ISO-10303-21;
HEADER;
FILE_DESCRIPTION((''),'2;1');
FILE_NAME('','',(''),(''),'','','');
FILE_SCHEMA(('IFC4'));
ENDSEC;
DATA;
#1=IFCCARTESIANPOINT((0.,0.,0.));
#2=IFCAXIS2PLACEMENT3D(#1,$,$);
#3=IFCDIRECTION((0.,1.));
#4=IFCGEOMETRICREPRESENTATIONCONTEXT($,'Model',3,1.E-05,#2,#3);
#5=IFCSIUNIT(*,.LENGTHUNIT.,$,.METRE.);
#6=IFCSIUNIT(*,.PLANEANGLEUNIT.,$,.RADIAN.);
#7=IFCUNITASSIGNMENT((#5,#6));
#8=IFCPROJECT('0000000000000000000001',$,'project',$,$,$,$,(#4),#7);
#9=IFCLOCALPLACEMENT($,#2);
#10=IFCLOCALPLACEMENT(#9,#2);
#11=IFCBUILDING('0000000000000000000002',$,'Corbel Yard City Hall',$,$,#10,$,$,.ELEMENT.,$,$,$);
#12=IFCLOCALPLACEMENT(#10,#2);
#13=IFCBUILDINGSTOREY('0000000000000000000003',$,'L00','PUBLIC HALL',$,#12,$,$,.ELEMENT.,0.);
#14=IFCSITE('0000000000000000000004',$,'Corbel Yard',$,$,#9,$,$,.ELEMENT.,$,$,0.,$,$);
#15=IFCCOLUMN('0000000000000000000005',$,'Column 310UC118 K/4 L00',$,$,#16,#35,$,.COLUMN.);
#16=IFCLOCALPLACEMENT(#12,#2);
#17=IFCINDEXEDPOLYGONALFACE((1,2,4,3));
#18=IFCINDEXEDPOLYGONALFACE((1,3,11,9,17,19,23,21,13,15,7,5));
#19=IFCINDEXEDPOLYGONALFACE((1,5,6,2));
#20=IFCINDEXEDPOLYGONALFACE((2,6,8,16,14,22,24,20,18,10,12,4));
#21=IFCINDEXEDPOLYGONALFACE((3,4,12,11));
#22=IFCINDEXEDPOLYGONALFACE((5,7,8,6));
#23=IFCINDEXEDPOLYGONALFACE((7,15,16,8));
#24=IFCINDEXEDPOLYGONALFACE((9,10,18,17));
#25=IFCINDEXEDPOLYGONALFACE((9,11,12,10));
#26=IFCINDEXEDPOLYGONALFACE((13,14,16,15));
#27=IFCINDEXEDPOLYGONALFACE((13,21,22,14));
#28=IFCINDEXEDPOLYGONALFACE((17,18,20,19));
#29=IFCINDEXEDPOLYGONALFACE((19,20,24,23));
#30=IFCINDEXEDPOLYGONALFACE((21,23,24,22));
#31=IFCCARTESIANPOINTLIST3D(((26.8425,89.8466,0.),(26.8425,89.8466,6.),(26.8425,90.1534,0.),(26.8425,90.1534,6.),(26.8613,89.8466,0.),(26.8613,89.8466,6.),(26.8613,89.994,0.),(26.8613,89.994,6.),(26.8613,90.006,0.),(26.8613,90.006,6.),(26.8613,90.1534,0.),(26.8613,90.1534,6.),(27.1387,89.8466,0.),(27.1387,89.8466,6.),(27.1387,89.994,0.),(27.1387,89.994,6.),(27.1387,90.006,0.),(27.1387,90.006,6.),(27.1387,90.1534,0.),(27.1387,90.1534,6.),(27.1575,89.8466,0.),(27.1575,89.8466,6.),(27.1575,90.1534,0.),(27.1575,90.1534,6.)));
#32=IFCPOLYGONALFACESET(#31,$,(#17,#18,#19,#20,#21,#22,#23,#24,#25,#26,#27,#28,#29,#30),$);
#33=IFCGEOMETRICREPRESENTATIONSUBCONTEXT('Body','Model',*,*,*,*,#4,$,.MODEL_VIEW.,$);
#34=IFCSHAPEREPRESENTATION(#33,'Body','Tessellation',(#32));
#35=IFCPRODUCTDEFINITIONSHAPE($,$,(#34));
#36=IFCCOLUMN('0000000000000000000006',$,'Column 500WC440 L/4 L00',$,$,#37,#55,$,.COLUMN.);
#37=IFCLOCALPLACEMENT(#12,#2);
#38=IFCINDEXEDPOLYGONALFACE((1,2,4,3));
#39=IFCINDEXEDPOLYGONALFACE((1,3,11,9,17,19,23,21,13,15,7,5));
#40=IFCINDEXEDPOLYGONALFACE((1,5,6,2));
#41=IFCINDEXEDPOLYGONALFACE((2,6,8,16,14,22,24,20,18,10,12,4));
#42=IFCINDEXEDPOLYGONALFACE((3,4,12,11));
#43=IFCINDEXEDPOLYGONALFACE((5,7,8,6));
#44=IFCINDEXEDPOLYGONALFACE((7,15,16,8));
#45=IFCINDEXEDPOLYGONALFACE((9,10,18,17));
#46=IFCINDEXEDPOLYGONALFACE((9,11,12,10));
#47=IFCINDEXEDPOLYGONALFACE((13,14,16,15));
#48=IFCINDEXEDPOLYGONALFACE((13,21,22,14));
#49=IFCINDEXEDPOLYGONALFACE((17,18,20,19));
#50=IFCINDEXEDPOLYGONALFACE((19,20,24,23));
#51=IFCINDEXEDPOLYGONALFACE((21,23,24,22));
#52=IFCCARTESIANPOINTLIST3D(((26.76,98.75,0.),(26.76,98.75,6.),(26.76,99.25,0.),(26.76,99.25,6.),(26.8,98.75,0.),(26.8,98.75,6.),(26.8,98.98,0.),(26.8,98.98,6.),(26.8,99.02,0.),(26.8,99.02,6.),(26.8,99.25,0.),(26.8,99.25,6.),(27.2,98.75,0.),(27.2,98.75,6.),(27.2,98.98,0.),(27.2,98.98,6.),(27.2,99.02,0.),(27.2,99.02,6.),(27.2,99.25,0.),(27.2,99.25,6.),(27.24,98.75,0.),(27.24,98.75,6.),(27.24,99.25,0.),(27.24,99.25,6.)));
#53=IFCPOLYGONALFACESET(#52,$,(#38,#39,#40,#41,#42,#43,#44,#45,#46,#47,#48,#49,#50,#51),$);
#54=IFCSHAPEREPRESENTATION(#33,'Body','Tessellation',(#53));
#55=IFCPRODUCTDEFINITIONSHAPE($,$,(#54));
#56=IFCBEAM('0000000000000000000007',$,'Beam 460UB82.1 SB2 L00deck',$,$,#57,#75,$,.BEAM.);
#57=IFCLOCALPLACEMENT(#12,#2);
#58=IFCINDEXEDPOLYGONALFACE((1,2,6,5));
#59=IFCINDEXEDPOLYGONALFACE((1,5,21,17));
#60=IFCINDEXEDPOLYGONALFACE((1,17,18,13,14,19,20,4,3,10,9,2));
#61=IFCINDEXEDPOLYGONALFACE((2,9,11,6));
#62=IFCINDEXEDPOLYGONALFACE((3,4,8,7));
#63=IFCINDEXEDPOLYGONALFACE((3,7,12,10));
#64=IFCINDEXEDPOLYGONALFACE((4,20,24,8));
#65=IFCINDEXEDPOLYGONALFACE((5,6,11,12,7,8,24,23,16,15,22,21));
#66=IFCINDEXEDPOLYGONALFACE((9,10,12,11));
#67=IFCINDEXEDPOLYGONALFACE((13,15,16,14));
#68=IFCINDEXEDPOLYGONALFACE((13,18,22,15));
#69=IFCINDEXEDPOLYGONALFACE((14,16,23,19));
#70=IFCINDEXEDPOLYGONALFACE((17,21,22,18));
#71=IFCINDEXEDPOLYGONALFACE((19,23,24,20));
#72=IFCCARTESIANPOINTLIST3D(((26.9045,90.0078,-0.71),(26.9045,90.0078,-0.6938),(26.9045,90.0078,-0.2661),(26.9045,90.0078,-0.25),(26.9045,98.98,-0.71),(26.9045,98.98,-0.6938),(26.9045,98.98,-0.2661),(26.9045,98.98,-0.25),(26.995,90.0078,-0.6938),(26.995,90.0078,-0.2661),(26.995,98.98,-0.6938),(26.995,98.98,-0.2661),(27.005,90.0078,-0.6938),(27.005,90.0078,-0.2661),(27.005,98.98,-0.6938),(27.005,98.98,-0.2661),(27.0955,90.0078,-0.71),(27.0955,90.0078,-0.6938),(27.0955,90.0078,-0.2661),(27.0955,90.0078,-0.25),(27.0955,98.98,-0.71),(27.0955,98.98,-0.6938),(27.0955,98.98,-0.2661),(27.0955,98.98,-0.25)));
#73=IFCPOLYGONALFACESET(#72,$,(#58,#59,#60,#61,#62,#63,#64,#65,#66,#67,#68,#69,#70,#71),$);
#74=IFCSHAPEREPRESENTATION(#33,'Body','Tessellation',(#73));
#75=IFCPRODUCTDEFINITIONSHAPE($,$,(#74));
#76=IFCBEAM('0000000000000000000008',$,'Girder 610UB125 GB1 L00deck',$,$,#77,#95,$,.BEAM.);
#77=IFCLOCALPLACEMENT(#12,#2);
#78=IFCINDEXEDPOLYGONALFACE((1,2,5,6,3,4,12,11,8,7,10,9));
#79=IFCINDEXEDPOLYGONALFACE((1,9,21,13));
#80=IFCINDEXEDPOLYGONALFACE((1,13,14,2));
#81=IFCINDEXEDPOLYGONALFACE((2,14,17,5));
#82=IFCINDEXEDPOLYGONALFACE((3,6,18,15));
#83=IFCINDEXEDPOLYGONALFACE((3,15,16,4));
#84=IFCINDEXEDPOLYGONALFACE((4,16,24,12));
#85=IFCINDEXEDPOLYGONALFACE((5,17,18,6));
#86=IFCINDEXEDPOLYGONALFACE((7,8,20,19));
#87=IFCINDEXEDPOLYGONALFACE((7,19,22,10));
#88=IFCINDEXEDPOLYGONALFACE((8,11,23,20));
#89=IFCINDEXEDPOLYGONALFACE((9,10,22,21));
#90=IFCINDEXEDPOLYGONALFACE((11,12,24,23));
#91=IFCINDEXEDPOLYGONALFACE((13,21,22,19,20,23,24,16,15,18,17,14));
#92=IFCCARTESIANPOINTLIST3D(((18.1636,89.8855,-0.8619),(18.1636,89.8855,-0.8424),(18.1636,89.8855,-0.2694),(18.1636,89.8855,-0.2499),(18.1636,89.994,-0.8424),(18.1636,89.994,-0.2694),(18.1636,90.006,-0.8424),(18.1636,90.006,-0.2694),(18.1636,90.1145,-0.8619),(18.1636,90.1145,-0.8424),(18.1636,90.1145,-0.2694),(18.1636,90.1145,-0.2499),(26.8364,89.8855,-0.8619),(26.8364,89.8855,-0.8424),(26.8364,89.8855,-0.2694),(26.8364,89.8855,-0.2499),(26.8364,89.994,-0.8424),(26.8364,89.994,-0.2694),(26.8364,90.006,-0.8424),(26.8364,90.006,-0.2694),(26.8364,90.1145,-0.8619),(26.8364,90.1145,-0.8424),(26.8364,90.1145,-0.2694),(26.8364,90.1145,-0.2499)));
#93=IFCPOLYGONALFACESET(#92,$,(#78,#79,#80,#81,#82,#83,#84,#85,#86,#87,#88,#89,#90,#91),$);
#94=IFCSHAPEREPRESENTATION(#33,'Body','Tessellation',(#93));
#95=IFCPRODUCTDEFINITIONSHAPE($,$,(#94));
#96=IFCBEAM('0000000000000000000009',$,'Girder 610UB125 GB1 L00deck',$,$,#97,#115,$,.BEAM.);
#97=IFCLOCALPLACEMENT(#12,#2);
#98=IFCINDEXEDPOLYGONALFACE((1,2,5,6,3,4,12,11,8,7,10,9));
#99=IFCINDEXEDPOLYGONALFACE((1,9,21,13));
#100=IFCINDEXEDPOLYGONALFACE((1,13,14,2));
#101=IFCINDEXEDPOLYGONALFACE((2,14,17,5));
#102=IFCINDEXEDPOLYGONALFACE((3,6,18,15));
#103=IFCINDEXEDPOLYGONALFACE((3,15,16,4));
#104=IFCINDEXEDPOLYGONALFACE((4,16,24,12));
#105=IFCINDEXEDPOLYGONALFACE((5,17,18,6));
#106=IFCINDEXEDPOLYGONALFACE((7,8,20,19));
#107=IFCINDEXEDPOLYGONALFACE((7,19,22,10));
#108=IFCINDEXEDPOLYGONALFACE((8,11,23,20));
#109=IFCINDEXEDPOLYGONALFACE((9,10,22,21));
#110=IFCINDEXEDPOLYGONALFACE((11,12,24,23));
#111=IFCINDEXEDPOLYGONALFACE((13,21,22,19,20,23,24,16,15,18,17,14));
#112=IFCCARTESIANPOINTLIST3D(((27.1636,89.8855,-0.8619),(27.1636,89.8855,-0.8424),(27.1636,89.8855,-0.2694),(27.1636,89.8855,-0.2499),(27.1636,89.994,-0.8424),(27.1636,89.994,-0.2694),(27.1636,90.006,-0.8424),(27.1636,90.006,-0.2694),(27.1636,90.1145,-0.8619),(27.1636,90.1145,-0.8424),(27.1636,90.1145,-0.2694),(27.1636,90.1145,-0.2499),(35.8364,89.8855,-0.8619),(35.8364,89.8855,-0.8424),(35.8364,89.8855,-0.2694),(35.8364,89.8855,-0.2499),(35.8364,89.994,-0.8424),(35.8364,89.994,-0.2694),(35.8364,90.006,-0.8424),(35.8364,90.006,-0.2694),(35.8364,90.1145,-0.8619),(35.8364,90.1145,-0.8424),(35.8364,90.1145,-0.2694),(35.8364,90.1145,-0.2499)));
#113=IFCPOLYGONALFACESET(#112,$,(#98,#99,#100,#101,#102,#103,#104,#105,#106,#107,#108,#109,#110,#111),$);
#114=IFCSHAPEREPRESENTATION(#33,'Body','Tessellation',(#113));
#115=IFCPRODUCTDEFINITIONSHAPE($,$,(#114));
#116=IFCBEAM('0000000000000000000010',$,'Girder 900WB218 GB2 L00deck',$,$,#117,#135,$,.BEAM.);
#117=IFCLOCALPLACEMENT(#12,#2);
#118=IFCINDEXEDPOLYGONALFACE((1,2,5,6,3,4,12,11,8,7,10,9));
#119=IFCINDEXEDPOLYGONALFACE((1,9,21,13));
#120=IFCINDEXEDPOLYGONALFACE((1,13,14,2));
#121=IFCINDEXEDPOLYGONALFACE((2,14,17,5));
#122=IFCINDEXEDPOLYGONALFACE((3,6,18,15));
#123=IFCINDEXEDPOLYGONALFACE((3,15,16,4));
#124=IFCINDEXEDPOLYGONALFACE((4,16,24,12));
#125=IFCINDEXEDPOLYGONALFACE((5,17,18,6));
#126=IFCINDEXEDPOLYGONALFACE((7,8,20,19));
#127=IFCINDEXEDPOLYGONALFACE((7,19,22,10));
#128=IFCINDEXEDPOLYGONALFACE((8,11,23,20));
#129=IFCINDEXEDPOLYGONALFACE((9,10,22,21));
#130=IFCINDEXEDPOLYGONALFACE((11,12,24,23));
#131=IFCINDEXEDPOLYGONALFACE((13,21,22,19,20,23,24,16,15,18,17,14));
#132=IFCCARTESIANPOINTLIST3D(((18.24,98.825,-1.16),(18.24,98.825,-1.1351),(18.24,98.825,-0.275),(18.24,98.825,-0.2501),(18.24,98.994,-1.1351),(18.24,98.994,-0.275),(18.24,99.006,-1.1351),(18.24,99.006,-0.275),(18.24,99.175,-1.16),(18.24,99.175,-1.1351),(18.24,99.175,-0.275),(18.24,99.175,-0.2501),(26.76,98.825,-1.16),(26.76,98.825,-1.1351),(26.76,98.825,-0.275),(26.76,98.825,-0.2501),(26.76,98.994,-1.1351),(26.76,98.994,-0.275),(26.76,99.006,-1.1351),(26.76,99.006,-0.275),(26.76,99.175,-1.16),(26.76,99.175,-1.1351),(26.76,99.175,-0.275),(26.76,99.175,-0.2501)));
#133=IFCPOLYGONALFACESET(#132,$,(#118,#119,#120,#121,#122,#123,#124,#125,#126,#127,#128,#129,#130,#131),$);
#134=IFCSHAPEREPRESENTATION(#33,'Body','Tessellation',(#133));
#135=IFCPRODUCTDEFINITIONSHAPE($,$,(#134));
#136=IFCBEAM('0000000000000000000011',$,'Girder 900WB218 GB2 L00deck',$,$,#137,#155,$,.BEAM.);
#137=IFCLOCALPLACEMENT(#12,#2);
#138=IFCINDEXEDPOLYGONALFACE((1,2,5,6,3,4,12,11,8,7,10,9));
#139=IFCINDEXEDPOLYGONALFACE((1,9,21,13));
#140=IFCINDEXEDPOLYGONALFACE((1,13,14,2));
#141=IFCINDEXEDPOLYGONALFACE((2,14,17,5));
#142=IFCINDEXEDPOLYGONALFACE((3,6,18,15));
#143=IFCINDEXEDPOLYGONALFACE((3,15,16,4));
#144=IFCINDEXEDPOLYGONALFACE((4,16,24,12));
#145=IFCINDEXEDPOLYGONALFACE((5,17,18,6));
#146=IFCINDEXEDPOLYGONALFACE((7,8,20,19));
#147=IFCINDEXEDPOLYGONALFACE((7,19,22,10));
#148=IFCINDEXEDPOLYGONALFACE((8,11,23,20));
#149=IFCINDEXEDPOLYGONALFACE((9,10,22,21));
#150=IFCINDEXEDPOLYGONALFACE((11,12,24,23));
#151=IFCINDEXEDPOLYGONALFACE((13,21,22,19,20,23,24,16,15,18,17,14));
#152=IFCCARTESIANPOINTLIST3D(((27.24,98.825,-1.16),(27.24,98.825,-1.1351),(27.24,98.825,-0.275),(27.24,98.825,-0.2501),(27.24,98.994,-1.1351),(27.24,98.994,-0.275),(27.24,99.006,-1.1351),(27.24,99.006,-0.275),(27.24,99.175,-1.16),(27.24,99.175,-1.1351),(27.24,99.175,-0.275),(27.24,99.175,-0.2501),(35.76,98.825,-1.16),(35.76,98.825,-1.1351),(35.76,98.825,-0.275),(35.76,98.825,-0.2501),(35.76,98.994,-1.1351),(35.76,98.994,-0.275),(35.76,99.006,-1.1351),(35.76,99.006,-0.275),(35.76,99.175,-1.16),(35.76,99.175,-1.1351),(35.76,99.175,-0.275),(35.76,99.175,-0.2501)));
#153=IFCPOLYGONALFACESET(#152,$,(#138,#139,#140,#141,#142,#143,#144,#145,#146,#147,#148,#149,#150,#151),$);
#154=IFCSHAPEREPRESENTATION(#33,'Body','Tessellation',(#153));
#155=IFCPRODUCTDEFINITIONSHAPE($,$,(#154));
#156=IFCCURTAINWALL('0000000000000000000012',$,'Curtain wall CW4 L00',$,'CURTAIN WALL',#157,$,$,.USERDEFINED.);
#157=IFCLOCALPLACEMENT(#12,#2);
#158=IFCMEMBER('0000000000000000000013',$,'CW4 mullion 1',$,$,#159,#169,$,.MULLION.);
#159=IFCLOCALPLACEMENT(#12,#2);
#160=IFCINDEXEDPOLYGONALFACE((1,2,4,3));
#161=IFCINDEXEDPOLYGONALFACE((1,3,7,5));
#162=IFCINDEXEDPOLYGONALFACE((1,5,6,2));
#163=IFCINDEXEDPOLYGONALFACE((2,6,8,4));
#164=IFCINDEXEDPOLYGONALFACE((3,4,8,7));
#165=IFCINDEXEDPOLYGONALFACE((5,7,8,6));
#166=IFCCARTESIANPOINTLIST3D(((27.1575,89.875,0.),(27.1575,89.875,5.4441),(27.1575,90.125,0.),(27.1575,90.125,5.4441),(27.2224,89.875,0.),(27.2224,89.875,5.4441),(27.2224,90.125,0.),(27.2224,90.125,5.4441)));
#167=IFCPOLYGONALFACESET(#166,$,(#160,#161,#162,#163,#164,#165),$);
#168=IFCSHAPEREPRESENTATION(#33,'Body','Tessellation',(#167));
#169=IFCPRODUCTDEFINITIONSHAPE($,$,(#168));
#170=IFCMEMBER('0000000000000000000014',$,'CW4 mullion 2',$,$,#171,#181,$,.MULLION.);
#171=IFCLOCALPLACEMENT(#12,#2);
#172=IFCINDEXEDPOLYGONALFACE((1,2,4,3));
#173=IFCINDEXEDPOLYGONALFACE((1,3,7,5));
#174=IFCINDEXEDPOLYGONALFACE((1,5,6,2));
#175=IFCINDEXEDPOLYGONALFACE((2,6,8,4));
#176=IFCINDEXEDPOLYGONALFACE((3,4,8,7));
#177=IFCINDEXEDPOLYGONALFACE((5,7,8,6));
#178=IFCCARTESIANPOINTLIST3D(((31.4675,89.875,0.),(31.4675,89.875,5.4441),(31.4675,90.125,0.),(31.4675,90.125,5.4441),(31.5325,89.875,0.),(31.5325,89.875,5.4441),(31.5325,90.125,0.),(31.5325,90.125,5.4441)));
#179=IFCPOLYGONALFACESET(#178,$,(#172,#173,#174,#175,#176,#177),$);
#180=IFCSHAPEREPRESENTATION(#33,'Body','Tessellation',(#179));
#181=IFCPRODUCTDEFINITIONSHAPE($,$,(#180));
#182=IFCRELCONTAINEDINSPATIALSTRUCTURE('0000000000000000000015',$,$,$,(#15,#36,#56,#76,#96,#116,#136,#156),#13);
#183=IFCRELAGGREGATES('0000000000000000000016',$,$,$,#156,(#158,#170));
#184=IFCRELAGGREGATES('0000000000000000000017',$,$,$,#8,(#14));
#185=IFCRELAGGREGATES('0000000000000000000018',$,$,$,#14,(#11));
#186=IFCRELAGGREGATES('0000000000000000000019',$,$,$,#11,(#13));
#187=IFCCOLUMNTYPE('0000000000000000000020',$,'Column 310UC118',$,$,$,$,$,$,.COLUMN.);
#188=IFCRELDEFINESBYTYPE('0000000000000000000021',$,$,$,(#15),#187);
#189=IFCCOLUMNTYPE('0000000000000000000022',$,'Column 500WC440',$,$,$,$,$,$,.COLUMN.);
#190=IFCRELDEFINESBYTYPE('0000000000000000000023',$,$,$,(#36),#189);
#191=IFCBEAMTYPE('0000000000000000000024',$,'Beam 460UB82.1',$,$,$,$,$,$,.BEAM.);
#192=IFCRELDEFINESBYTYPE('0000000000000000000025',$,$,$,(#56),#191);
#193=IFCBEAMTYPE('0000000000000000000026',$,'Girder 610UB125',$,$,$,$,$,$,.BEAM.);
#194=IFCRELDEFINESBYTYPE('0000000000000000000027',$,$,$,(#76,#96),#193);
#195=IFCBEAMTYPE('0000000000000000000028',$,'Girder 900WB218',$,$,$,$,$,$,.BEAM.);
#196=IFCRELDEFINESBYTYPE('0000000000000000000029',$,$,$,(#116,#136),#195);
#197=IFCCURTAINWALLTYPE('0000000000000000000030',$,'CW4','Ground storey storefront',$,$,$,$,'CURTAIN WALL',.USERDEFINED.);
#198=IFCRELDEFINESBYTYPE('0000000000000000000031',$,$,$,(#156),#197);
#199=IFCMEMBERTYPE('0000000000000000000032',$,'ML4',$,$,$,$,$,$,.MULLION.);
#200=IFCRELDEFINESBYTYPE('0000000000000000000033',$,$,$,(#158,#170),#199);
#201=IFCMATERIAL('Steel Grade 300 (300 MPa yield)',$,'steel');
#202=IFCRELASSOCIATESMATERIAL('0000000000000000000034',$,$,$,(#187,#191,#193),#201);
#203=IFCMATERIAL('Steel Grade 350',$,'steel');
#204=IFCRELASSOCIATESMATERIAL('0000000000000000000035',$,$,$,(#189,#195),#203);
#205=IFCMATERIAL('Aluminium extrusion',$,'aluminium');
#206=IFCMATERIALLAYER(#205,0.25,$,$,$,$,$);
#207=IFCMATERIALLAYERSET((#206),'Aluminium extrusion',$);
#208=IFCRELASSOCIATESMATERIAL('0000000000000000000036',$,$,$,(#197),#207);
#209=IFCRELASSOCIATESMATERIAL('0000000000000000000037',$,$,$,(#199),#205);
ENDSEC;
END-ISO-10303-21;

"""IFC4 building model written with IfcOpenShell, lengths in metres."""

from ifc_helpers import new_model, si_unit, direction, frame, origin, origin_2d, place, context, subcontext, project, spatial, rectangle, i_section, extrude, material, layer, layer_set, material_profile, profile_set, type_object, element, aggregate, save


model = new_model("IFC4")

# Units and contexts
model_context = context("Model", 3, precision=1e-05, world=origin(), true_north=direction((0.0, 1.0)))
body_context = subcontext(model_context, "Body", "Model", "MODEL_VIEW")
ifc_project = project(units=[si_unit("LENGTHUNIT", "METRE"), si_unit("PLANEANGLEUNIT", "RADIAN")], contexts=[model_context])

# Site, building, storey
site_placement = place(None, origin())
site = spatial("IfcSite", under=ifc_project, at=site_placement, Name="Corbel Yard", CompositionType="ELEMENT", RefElevation=0.0)
building_placement = place(site_placement, origin())
building = spatial("IfcBuilding", under=site, at=building_placement, Name="Corbel Yard City Hall", CompositionType="ELEMENT")
storey_placement = place(building_placement, origin())
storey = spatial("IfcBuildingStorey", under=building, at=storey_placement, Name="L00", Description="PUBLIC HALL", CompositionType="ELEMENT", Elevation=0.0)

# Columns
ifc_material_1 = material(Name="Steel Grade 300 (300 MPa yield)", Category="steel")
ifc_material_profile_1 = material_profile(ifc_material_1, i_section(OverallWidth=0.3069, OverallDepth=0.3149, WebThickness=0.012, FlangeThickness=0.0188, at=origin_2d()), Name="310UC118")
ifc_profile_set_1 = profile_set([ifc_material_profile_1], Name="Steel Grade 300 (300 MPa yield)")
column_type_1 = type_object("IfcColumnType", Name="Column 310UC118", PredefinedType="COLUMN", material=ifc_profile_set_1)
column_1_placement = place(storey_placement, frame((27.0, 90.0, 0.0), z_axis=(0.0, 0.0, 1.0), x_axis=(0.0, 1.0, 0.0)))
element("IfcColumn", 1, at=column_1_placement, inside=storey, type_object=column_type_1, Name="Column 310UC118 K/4 L00", PredefinedType="COLUMN", context=body_context, shape_type="SweptSolid", body=[
    extrude(i_section(OverallWidth=0.3069, OverallDepth=0.3149, WebThickness=0.012, FlangeThickness=0.0188, at=origin_2d()), origin(), (0.0, 0.0, 1.0), 6.0),
])
ifc_material_2 = material(Name="Steel Grade 350", Category="steel")
ifc_material_profile_2 = material_profile(ifc_material_2, i_section(OverallWidth=0.5, OverallDepth=0.48, WebThickness=0.04, FlangeThickness=0.04, at=origin_2d()), Name="500WC440")
ifc_profile_set_2 = profile_set([ifc_material_profile_2], Name="Steel Grade 350")
column_type_2 = type_object("IfcColumnType", Name="Column 500WC440", PredefinedType="COLUMN", material=ifc_profile_set_2)
column_2_placement = place(storey_placement, frame((27.0, 99.0, 0.0), z_axis=(0.0, 0.0, 1.0), x_axis=(0.0, 1.0, 0.0)))
element("IfcColumn", 2, at=column_2_placement, inside=storey, type_object=column_type_2, Name="Column 500WC440 L/4 L00", PredefinedType="COLUMN", context=body_context, shape_type="SweptSolid", body=[
    extrude(i_section(OverallWidth=0.5, OverallDepth=0.48, WebThickness=0.04, FlangeThickness=0.04, at=origin_2d()), origin(), (0.0, 0.0, 1.0), 6.0),
])

# Beams
ifc_material_profile_3 = material_profile(ifc_material_1, i_section(OverallWidth=0.1909, OverallDepth=0.46, WebThickness=0.01, FlangeThickness=0.0161, at=origin_2d()), Name="460UB82.1")
ifc_profile_set_3 = profile_set([ifc_material_profile_3], Name="Steel Grade 300 (300 MPa yield)")
beam_type_1 = type_object("IfcBeamType", Name="Beam 460UB82.1", PredefinedType="BEAM", material=ifc_profile_set_3)
beam_1_placement = place(storey_placement, frame((27.0, 90.0078, -0.48), z_axis=(0.0, 1.0, 0.0), x_axis=(-1.0, 0.0, 0.0)))
element("IfcBeam", 3, at=beam_1_placement, inside=storey, type_object=beam_type_1, Name="Beam 460UB82.1 SB2 L00deck", PredefinedType="BEAM", context=body_context, shape_type="SweptSolid", body=[
    extrude(i_section(OverallWidth=0.1909, OverallDepth=0.46, WebThickness=0.01, FlangeThickness=0.0161, at=origin_2d()), origin(), (0.0, 0.0, 1.0), 8.9722),
])
ifc_material_profile_4 = material_profile(ifc_material_1, i_section(OverallWidth=0.229, OverallDepth=0.6121, WebThickness=0.012, FlangeThickness=0.0195, at=origin_2d()), Name="610UB125")
ifc_profile_set_4 = profile_set([ifc_material_profile_4], Name="Steel Grade 300 (300 MPa yield)")
beam_type_2 = type_object("IfcBeamType", Name="Girder 610UB125", PredefinedType="BEAM", material=ifc_profile_set_4)
for number, where, z_axis, x_axis, name in (
    (4, (18.1636, 90.0, -0.5559), (1.0, 0.0, 0.0), (0.0, 1.0, 0.0), "Girder 610UB125 GB1 L00deck"),
    (5, (27.1636, 90.0, -0.5559), (1.0, 0.0, 0.0), (0.0, 1.0, 0.0), "Girder 610UB125 GB1 L00deck"),
):
    element("IfcBeam", number, at=place(storey_placement, frame(where, z_axis=z_axis, x_axis=x_axis)), inside=storey, type_object=beam_type_2, Name=name, PredefinedType="BEAM", context=body_context, shape_type="SweptSolid", body=[
        extrude(i_section(OverallWidth=0.229, OverallDepth=0.6121, WebThickness=0.012, FlangeThickness=0.0195, at=origin_2d()), origin(), (0.0, 0.0, 1.0), 8.6729),
    ])
ifc_material_profile_5 = material_profile(ifc_material_2, i_section(OverallWidth=0.3501, OverallDepth=0.9099, WebThickness=0.012, FlangeThickness=0.0249, at=origin_2d()), Name="900WB218")
ifc_profile_set_5 = profile_set([ifc_material_profile_5], Name="Steel Grade 350")
beam_type_3 = type_object("IfcBeamType", Name="Girder 900WB218", PredefinedType="BEAM", material=ifc_profile_set_5)
for number, where, z_axis, x_axis, name in (
    (6, (18.24, 99.0, -0.7051), (1.0, 0.0, 0.0), (0.0, 1.0, 0.0), "Girder 900WB218 GB2 L00deck"),
    (7, (27.24, 99.0, -0.7051), (1.0, 0.0, 0.0), (0.0, 1.0, 0.0), "Girder 900WB218 GB2 L00deck"),
):
    element("IfcBeam", number, at=place(storey_placement, frame(where, z_axis=z_axis, x_axis=x_axis)), inside=storey, type_object=beam_type_3, Name=name, PredefinedType="BEAM", context=body_context, shape_type="SweptSolid", body=[
        extrude(i_section(OverallWidth=0.3501, OverallDepth=0.9099, WebThickness=0.012, FlangeThickness=0.0249, at=origin_2d()), origin(), (0.0, 0.0, 1.0), 8.52),
    ])

# Curtain wall, members
ifc_material_3 = material(Name="Aluminium extrusion", Category="aluminium")
ifc_layer_1 = layer(ifc_material_3, 0.25)
ifc_layer_set_1 = layer_set([ifc_layer_1], Name="Aluminium extrusion")
curtain_wall_type = type_object("IfcCurtainWallType", Name="CW4", Description="Ground storey storefront", ElementType="CURTAIN WALL", PredefinedType="USERDEFINED", material=ifc_layer_set_1)
curtain_wall_placement = place(storey_placement, origin())
curtain_wall = element("IfcCurtainWall", 8, at=curtain_wall_placement, inside=storey, type_object=curtain_wall_type, Name="Curtain wall CW4 L00", ObjectType="CURTAIN WALL", PredefinedType="USERDEFINED")
ifc_material_profile_6 = material_profile(ifc_material_3, rectangle(XDim=0.25, YDim=0.0649, at=origin_2d()), Name="250x65")
ifc_profile_set_6 = profile_set([ifc_material_profile_6], Name="Aluminium extrusion")
member_type_1 = type_object("IfcMemberType", Name="ML4", PredefinedType="MULLION", material=ifc_profile_set_6)
member_1_placement = place(storey_placement, frame((27.1899, 90.0, 0.0), z_axis=(0.0, 0.0, 1.0), x_axis=(0.0, 1.0, 0.0)))
member_1 = element("IfcMember", 9, at=member_1_placement, type_object=member_type_1, Name="CW4 mullion 1", PredefinedType="MULLION", context=body_context, shape_type="SweptSolid", body=[
    extrude(rectangle(XDim=0.25, YDim=0.0649, at=origin_2d()), origin(), (0.0, 0.0, 1.0), 5.4441),
])
member_2_placement = place(storey_placement, frame((31.5, 90.0, 0.0), z_axis=(0.0, 0.0, 1.0), x_axis=(0.0, 1.0, 0.0)))
member_2 = element("IfcMember", 10, at=member_2_placement, type_object=member_type_1, Name="CW4 mullion 2", PredefinedType="MULLION", context=body_context, shape_type="SweptSolid", body=[
    extrude(rectangle(XDim=0.25, YDim=0.0649, at=origin_2d()), origin(), (0.0, 0.0, 1.0), 5.4441),
])

aggregate(curtain_wall, [member_1, member_2])

save(model, "model.ifc")
